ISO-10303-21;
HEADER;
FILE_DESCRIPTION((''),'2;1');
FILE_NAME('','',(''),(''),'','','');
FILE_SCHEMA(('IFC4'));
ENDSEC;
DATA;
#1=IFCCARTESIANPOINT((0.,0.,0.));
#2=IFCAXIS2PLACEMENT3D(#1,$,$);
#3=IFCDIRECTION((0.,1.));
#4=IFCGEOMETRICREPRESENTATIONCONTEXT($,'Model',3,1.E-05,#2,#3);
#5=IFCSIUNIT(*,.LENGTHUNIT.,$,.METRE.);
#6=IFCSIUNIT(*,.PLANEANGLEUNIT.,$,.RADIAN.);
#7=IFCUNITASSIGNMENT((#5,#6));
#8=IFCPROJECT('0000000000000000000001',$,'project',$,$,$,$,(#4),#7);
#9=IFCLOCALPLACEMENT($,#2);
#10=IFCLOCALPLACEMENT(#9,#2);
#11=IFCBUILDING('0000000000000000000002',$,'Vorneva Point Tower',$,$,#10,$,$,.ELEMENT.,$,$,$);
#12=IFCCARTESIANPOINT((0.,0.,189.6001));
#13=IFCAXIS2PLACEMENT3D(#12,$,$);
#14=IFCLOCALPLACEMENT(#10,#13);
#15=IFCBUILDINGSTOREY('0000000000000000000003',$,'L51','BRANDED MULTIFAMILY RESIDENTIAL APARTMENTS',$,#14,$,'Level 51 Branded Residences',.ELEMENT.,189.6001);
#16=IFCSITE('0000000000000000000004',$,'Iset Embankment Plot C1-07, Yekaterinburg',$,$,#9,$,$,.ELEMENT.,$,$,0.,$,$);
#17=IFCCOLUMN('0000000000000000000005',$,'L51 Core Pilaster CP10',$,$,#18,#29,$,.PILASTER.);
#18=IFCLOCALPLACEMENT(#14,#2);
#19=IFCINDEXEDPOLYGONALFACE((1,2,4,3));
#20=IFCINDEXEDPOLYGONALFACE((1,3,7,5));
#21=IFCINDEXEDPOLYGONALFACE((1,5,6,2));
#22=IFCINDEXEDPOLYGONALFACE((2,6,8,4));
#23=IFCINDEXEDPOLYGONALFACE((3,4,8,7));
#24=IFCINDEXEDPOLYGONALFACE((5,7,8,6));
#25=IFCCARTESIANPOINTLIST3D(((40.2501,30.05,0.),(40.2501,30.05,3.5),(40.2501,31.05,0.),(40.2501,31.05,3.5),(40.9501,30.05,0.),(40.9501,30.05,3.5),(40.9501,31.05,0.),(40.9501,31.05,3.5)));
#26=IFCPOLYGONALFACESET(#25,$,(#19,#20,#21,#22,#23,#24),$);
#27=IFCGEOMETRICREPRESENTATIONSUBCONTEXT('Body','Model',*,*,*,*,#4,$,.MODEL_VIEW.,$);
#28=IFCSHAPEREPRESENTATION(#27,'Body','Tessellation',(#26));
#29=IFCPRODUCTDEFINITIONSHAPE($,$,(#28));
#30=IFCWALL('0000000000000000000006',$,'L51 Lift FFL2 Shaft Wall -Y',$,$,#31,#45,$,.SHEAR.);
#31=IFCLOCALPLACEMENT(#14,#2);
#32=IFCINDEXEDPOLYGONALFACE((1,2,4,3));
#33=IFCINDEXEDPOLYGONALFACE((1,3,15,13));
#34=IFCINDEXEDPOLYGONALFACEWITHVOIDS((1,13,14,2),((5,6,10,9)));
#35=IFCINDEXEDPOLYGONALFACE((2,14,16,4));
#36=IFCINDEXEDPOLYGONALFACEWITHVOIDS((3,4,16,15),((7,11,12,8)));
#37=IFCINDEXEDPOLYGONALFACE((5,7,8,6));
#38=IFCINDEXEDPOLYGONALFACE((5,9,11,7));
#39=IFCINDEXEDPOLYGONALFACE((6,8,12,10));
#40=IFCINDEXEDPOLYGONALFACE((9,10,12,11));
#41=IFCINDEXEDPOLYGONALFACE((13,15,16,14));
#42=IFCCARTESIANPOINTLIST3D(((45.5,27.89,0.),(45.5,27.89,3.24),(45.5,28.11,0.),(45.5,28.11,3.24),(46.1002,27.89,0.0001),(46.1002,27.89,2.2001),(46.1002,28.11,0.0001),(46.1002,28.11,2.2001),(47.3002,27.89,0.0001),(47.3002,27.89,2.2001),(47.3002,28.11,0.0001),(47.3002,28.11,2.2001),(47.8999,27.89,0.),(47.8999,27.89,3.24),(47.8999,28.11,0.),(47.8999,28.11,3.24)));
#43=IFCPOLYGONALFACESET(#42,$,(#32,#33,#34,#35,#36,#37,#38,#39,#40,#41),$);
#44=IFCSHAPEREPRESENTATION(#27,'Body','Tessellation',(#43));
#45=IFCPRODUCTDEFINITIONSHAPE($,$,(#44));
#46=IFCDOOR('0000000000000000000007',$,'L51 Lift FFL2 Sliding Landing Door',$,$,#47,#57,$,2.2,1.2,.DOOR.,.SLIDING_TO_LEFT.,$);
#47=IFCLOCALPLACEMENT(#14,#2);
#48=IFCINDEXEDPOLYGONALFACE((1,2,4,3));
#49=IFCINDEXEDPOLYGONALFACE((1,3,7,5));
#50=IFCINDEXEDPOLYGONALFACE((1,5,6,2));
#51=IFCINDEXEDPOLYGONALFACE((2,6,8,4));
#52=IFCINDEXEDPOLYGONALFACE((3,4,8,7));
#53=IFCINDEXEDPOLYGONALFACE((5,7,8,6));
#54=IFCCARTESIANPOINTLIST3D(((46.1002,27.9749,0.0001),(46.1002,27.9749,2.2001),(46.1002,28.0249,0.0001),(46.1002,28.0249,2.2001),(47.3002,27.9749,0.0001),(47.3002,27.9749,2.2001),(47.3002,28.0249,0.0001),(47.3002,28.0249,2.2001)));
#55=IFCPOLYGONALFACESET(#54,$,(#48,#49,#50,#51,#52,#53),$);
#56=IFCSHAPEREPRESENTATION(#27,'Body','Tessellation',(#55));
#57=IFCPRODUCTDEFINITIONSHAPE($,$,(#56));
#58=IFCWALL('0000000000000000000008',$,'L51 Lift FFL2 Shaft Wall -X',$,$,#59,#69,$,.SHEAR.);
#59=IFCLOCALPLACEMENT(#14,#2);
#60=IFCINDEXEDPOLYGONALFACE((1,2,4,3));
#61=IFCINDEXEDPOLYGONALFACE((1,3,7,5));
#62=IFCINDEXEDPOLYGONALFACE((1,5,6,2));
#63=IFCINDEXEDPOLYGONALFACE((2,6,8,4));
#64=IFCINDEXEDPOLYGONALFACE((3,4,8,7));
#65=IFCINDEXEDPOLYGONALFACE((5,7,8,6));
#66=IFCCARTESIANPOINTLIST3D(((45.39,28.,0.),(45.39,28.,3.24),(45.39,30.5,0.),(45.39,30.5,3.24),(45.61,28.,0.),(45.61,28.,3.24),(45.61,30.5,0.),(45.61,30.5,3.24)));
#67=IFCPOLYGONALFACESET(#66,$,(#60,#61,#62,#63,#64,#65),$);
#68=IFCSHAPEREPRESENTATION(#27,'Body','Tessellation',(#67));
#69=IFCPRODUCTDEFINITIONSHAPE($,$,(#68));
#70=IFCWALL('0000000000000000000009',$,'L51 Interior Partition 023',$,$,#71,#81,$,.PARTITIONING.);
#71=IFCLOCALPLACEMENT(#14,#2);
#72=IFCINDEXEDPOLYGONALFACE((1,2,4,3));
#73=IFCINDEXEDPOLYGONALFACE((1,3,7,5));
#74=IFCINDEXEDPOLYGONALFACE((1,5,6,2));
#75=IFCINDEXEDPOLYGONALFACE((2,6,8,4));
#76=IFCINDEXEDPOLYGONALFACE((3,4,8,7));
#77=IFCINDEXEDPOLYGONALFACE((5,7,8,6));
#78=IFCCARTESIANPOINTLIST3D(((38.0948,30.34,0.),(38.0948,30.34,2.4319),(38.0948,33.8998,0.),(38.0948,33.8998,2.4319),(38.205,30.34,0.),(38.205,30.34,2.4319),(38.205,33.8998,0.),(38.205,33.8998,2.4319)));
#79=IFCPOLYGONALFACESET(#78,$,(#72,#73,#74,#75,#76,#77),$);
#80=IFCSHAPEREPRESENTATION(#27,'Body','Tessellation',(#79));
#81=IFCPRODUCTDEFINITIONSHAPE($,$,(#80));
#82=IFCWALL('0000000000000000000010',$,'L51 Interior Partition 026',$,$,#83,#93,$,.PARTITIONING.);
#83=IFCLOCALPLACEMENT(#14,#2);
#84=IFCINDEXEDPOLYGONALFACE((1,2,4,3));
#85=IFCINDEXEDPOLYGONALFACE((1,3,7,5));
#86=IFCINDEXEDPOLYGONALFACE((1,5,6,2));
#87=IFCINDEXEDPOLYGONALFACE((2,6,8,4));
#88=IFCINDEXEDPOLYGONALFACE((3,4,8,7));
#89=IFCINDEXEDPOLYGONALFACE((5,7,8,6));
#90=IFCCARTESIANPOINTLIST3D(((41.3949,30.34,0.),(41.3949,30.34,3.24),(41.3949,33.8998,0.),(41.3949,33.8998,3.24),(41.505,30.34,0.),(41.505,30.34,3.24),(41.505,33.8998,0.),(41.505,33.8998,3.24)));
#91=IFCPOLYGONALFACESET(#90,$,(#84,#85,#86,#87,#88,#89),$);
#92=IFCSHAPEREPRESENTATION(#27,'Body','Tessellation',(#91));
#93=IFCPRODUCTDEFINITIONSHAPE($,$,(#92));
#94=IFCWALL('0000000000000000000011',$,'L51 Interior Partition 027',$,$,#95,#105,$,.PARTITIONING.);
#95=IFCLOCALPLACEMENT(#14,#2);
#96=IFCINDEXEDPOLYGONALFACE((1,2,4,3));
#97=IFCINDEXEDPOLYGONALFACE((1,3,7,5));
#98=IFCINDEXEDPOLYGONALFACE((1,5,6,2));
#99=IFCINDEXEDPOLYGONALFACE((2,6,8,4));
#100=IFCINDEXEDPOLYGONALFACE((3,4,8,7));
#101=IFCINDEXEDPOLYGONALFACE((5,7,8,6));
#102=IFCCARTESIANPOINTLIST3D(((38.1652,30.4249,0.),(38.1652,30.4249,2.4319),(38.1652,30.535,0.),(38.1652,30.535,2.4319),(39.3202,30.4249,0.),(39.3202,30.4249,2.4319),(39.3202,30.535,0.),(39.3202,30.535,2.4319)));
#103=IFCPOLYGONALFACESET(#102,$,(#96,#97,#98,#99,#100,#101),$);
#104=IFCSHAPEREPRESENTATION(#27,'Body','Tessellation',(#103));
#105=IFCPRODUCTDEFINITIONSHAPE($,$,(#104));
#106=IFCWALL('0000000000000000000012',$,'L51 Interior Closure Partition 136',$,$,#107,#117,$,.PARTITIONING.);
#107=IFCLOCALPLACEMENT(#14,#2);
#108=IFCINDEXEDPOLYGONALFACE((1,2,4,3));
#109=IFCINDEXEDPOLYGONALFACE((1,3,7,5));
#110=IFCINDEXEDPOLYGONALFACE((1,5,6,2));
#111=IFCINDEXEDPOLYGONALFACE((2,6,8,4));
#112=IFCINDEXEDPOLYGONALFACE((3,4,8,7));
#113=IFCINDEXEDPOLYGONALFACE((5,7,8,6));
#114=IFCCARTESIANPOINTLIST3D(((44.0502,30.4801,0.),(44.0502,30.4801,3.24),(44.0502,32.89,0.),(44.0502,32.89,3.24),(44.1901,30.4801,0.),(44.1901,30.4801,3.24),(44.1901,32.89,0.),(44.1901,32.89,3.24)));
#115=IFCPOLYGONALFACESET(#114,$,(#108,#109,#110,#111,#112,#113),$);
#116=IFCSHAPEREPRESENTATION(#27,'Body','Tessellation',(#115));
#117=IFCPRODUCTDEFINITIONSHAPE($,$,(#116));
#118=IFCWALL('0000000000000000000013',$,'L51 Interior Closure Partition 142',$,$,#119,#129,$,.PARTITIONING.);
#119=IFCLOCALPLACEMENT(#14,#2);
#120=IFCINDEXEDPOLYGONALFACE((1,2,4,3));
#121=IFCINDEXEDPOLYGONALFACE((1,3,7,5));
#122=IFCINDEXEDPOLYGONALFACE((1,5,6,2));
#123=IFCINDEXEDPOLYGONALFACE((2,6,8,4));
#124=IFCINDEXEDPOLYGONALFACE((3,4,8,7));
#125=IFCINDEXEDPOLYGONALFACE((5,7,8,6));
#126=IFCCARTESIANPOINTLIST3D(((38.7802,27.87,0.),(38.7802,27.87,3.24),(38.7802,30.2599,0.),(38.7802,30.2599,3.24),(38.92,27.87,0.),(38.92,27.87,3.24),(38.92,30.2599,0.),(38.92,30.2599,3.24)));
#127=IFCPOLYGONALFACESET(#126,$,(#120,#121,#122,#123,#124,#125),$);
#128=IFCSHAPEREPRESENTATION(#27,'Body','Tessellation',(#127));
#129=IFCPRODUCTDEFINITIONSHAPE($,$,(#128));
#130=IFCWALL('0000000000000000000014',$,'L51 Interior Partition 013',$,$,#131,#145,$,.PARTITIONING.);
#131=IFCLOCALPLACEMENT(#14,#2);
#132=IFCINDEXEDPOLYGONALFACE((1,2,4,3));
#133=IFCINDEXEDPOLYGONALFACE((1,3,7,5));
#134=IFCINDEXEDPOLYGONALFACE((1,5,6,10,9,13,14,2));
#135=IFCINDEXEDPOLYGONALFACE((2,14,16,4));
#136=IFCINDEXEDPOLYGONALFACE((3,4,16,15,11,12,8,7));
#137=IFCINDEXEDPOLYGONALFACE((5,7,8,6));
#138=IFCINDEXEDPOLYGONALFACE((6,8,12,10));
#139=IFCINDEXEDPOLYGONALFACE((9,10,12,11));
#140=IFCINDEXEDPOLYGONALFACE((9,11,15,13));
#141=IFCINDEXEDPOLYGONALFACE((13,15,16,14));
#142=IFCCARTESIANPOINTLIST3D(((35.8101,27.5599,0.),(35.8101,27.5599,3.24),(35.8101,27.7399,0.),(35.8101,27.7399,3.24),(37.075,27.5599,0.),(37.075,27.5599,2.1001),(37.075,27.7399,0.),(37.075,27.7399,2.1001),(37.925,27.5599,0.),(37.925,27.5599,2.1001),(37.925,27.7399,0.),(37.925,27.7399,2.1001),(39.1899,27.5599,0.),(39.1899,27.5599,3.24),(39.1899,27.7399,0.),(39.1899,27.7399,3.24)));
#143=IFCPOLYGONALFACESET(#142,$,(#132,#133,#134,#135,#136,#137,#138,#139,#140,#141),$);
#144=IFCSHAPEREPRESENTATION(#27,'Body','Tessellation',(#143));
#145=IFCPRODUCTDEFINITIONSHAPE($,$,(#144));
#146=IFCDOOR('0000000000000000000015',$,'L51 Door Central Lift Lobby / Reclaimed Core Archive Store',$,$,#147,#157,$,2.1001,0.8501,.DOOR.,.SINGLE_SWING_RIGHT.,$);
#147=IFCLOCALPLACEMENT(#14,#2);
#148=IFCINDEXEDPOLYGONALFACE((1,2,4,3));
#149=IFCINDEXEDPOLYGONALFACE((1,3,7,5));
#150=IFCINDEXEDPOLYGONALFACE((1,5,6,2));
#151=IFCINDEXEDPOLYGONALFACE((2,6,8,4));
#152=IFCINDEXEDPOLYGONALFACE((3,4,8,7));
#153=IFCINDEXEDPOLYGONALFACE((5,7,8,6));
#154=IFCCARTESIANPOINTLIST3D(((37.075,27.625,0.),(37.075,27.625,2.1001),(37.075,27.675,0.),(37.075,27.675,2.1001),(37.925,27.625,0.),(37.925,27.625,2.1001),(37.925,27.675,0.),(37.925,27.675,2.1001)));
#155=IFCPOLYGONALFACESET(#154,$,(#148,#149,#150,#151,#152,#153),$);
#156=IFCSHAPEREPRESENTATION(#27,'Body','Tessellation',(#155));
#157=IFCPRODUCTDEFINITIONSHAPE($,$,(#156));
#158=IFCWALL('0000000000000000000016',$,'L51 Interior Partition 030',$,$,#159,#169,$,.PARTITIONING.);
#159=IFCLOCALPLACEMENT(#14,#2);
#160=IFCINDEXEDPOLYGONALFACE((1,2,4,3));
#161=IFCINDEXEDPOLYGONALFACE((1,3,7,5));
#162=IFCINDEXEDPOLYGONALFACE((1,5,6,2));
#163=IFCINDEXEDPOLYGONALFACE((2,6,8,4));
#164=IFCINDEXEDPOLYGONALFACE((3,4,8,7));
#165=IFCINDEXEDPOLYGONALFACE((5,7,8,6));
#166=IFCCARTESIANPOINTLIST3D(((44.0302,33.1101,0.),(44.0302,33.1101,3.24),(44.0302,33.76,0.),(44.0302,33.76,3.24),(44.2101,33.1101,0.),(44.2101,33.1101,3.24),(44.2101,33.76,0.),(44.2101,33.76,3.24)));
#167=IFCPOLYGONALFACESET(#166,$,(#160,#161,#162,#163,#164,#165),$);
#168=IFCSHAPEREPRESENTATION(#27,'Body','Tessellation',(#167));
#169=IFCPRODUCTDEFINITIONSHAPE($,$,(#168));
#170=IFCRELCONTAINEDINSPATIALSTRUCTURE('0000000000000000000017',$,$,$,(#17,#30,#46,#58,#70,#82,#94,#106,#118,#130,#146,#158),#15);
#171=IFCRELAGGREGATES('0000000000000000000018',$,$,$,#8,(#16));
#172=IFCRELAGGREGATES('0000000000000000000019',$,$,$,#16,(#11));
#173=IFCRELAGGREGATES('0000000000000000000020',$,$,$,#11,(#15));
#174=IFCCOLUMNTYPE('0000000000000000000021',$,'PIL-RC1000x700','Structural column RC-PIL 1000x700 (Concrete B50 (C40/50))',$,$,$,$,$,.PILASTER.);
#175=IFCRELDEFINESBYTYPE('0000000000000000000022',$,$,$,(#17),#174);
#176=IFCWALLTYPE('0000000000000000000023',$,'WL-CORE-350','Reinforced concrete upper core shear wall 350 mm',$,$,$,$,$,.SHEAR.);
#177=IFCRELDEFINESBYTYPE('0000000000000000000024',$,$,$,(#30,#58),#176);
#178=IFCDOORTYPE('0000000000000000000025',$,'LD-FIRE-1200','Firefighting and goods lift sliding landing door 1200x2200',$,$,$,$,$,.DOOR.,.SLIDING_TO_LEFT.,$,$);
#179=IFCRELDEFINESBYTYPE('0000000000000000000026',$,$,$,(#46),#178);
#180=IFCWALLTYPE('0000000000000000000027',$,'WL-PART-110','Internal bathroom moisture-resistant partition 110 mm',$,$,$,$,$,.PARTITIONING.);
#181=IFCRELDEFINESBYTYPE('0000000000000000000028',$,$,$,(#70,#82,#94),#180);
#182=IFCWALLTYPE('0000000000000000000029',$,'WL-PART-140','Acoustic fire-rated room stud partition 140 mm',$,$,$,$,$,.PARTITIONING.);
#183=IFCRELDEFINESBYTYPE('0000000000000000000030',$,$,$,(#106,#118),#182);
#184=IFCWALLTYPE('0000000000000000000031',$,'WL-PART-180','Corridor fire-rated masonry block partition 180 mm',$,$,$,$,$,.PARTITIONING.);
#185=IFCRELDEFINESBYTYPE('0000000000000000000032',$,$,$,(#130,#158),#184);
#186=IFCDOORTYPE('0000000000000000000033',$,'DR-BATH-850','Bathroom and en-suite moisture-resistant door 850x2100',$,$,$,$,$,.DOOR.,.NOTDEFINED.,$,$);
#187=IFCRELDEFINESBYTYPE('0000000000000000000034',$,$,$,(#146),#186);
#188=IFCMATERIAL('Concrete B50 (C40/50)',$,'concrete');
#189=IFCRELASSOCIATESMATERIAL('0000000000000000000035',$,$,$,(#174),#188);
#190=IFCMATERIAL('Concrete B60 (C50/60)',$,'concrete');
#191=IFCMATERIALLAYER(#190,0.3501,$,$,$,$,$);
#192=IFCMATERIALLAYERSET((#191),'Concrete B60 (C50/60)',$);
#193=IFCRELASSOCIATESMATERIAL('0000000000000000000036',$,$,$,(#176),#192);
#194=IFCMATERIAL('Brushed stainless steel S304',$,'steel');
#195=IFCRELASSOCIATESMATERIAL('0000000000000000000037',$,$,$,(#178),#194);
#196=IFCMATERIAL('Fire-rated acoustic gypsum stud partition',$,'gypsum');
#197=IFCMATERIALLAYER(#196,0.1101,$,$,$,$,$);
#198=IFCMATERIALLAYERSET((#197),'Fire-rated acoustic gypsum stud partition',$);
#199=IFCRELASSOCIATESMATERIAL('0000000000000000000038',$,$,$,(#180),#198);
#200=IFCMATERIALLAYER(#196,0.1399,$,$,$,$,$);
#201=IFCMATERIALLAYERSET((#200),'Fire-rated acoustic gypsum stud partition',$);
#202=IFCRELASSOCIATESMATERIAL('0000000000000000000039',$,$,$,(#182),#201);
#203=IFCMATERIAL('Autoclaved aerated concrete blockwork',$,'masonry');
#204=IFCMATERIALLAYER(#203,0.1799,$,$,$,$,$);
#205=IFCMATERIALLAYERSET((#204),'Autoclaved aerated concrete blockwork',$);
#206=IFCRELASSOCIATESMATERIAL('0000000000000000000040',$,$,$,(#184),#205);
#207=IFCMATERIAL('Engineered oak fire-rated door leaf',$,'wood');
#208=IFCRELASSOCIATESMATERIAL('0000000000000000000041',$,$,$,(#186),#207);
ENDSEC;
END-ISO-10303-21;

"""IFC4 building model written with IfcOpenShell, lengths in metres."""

from ifc_helpers import new_model, si_unit, direction, frame, frame_2d, origin, origin_2d, place, context, subcontext, project, spatial, rectangle, extrude, material, layer, layer_set, material_profile, profile_set, type_object, element, fill, save


model = new_model("IFC4")

# Units and contexts
model_context = context("Model", 3, precision=1e-05, world=origin(), true_north=direction((0.0, 1.0)))
body_context = subcontext(model_context, "Body", "Model", "MODEL_VIEW")
ifc_project = project(units=[si_unit("LENGTHUNIT", "METRE"), si_unit("PLANEANGLEUNIT", "RADIAN")], contexts=[model_context])

# Site, building, storey
site_placement = place(None, origin())
site = spatial("IfcSite", under=ifc_project, at=site_placement, Name="Iset Embankment Plot C1-07, Yekaterinburg", CompositionType="ELEMENT", RefElevation=0.0)
building_placement = place(site_placement, origin())
building = spatial("IfcBuilding", under=site, at=building_placement, Name="Vorneva Point Tower", CompositionType="ELEMENT")
storey_placement = place(building_placement, frame((0.0, 0.0, 189.6001)))
storey = spatial("IfcBuildingStorey", under=building, at=storey_placement, Name="L51", Description="BRANDED MULTIFAMILY RESIDENTIAL APARTMENTS", LongName="Level 51 Branded Residences", CompositionType="ELEMENT", Elevation=189.6001)

# Column
ifc_material_1 = material(Name="Concrete B50 (C40/50)", Category="concrete")
ifc_material_profile = material_profile(ifc_material_1, rectangle(XDim=0.7, YDim=1.0, at=origin_2d()), Name="RC-PIL 1000x700")
ifc_profile_set = profile_set([ifc_material_profile], Name="Concrete B50 (C40/50)")
column_type = type_object("IfcColumnType", Name="PIL-RC1000x700", Description="Structural column RC-PIL 1000x700 (Concrete B50 (C40/50))", PredefinedType="PILASTER", material=ifc_profile_set)
column_placement = place(storey_placement, frame((40.6001, 30.55, 0.0), z_axis=(0.0, 0.0, 1.0), x_axis=(1.0, 0.0, 0.0)))
element("IfcColumn", 1, at=column_placement, inside=storey, type_object=column_type, Name="L51 Core Pilaster CP10", PredefinedType="PILASTER", context=body_context, shape_type="SweptSolid", body=[
    extrude(rectangle(XDim=0.7, YDim=1.0, at=origin_2d()), origin(), (0.0, 0.0, 1.0), 3.5),
])

# Wall, opening, door
ifc_material_2 = material(Name="Concrete B60 (C50/60)", Category="concrete")
ifc_layer_1 = layer(ifc_material_2, 0.3501)
ifc_layer_set_1 = layer_set([ifc_layer_1], Name="Concrete B60 (C50/60)")
wall_type_1 = type_object("IfcWallType", Name="WL-CORE-350", Description="Reinforced concrete upper core shear wall 350 mm", PredefinedType="SHEAR", material=ifc_layer_set_1)
wall_1_placement = place(storey_placement, frame((45.5, 28.0, 0.0), z_axis=(0.0, 0.0, 1.0), x_axis=(1.0, 0.0, 0.0)))
wall_1 = element("IfcWall", 2, at=wall_1_placement, inside=storey, type_object=wall_type_1, Name="L51 Lift FFL2 Shaft Wall -Y", PredefinedType="SHEAR", context=body_context, shape_type="SweptSolid", body=[
    extrude(rectangle(XDim=2.3999, YDim=0.22, at=frame_2d((1.2, 0.0))), origin(), (0.0, 0.0, 1.0), 3.24),
])
opening_1_placement = place(wall_1_placement, frame((0.6001, 0.0, 0.0)))
opening_1 = element("IfcOpeningElement", 3, at=opening_1_placement, cuts=wall_1, PredefinedType="OPENING", context=body_context, shape_type="SweptSolid", body=[
    extrude(rectangle(XDim=1.2, YDim=2.2, at=frame_2d((0.6001, 1.1001))), frame((0.0, 0.125, 0.0), z_axis=(0.0, -1.0, 0.0), x_axis=(1.0, 0.0, 0.0)), (0.0, 0.0, 1.0), 0.2498),
])
ifc_material_3 = material(Name="Brushed stainless steel S304", Category="steel")
door_type_1 = type_object("IfcDoorType", Name="LD-FIRE-1200", Description="Firefighting and goods lift sliding landing door 1200x2200", OperationType="SLIDING_TO_LEFT", PredefinedType="DOOR", material=ifc_material_3)
door_1_placement = place(opening_1_placement, origin())
door_1 = element("IfcDoor", 4, at=door_1_placement, inside=storey, type_object=door_type_1, Name="L51 Lift FFL2 Sliding Landing Door", OperationType="SLIDING_TO_LEFT", OverallHeight=2.2, OverallWidth=1.2, PredefinedType="DOOR", context=body_context, shape_type="SweptSolid", body=[
    extrude(rectangle(XDim=1.2, YDim=2.2, at=frame_2d((0.6001, 1.1001))), frame((0.0, 0.0249, 0.0), z_axis=(0.0, -1.0, 0.0), x_axis=(1.0, 0.0, 0.0)), (0.0, 0.0, 1.0), 0.05),
])
fill(opening_1, door_1)

# Walls
wall_2_placement = place(storey_placement, frame((45.5, 30.5, 0.0), z_axis=(0.0, 0.0, 1.0), x_axis=(0.0, -1.0, 0.0)))
element("IfcWall", 5, at=wall_2_placement, inside=storey, type_object=wall_type_1, Name="L51 Lift FFL2 Shaft Wall -X", PredefinedType="SHEAR", context=body_context, shape_type="SweptSolid", body=[
    extrude(rectangle(XDim=2.5, YDim=0.22, at=frame_2d((1.25, 0.0))), origin(), (0.0, 0.0, 1.0), 3.24),
])
ifc_material_4 = material(Name="Fire-rated acoustic gypsum stud partition", Category="gypsum")
ifc_layer_2 = layer(ifc_material_4, 0.1101)
ifc_layer_set_2 = layer_set([ifc_layer_2], Name="Fire-rated acoustic gypsum stud partition")
wall_type_2 = type_object("IfcWallType", Name="WL-PART-110", Description="Internal bathroom moisture-resistant partition 110 mm", PredefinedType="PARTITIONING", material=ifc_layer_set_2)
wall_3_placement = place(storey_placement, frame((38.1499, 30.3401, 0.0), z_axis=(0.0, 0.0, 1.0), x_axis=(0.0, 1.0, 0.0)))
element("IfcWall", 6, at=wall_3_placement, inside=storey, type_object=wall_type_2, Name="L51 Interior Partition 023", PredefinedType="PARTITIONING", context=body_context, shape_type="SweptSolid", body=[
    extrude(rectangle(XDim=3.5598, YDim=0.1101, at=frame_2d((1.7798, 0.0))), origin(), (0.0, 0.0, 1.0), 2.4319),
])
wall_4_placement = place(storey_placement, frame((41.45, 30.3401, 0.0), z_axis=(0.0, 0.0, 1.0), x_axis=(0.0, 1.0, 0.0)))
element("IfcWall", 7, at=wall_4_placement, inside=storey, type_object=wall_type_2, Name="L51 Interior Partition 026", PredefinedType="PARTITIONING", context=body_context, shape_type="SweptSolid", body=[
    extrude(rectangle(XDim=3.5598, YDim=0.1101, at=frame_2d((1.7798, 0.0))), origin(), (0.0, 0.0, 1.0), 3.24),
])
wall_5_placement = place(storey_placement, frame((38.165, 30.48, 0.0), z_axis=(0.0, 0.0, 1.0), x_axis=(1.0, 0.0, 0.0)))
element("IfcWall", 8, at=wall_5_placement, inside=storey, type_object=wall_type_2, Name="L51 Interior Partition 027", PredefinedType="PARTITIONING", context=body_context, shape_type="SweptSolid", body=[
    extrude(rectangle(XDim=1.155, YDim=0.1101, at=frame_2d((0.5776, 0.0))), origin(), (0.0, 0.0, 1.0), 2.4319),
])
ifc_layer_3 = layer(ifc_material_4, 0.1399)
ifc_layer_set_3 = layer_set([ifc_layer_3], Name="Fire-rated acoustic gypsum stud partition")
wall_type_3 = type_object("IfcWallType", Name="WL-PART-140", Description="Acoustic fire-rated room stud partition 140 mm", PredefinedType="PARTITIONING", material=ifc_layer_set_3)
wall_6_placement = place(storey_placement, frame((44.1201, 30.48, 0.0), z_axis=(0.0, 0.0, 1.0), x_axis=(0.0, 1.0, 0.0)))
element("IfcWall", 9, at=wall_6_placement, inside=storey, type_object=wall_type_3, Name="L51 Interior Closure Partition 136", PredefinedType="PARTITIONING", context=body_context, shape_type="SweptSolid", body=[
    extrude(rectangle(XDim=2.4099, YDim=0.1399, at=frame_2d((1.2051, 0.0))), origin(), (0.0, 0.0, 1.0), 3.24),
])
wall_7_placement = place(storey_placement, frame((38.8501, 27.8701, 0.0), z_axis=(0.0, 0.0, 1.0), x_axis=(0.0, 1.0, 0.0)))
element("IfcWall", 10, at=wall_7_placement, inside=storey, type_object=wall_type_3, Name="L51 Interior Closure Partition 142", PredefinedType="PARTITIONING", context=body_context, shape_type="SweptSolid", body=[
    extrude(rectangle(XDim=2.3899, YDim=0.1399, at=frame_2d((1.1948, 0.0))), origin(), (0.0, 0.0, 1.0), 3.24),
])

# Wall, opening, door
ifc_material_5 = material(Name="Autoclaved aerated concrete blockwork", Category="masonry")
ifc_layer_4 = layer(ifc_material_5, 0.1799)
ifc_layer_set_4 = layer_set([ifc_layer_4], Name="Autoclaved aerated concrete blockwork")
wall_type_4 = type_object("IfcWallType", Name="WL-PART-180", Description="Corridor fire-rated masonry block partition 180 mm", PredefinedType="PARTITIONING", material=ifc_layer_set_4)
wall_8_placement = place(storey_placement, frame((39.1899, 27.6499, 0.0), z_axis=(0.0, 0.0, 1.0), x_axis=(-1.0, 0.0, 0.0)))
wall_8 = element("IfcWall", 11, at=wall_8_placement, inside=storey, type_object=wall_type_4, Name="L51 Interior Partition 013", PredefinedType="PARTITIONING", context=body_context, shape_type="SweptSolid", body=[
    extrude(rectangle(XDim=3.3799, YDim=0.1799, at=frame_2d((1.6899, 0.0))), origin(), (0.0, 0.0, 1.0), 3.24),
])
opening_2_placement = place(wall_8_placement, frame((1.2649, 0.0, 0.0)))
opening_2 = element("IfcOpeningElement", 12, at=opening_2_placement, cuts=wall_8, PredefinedType="OPENING", context=body_context, shape_type="SweptSolid", body=[
    extrude(rectangle(XDim=0.8501, YDim=2.1001, at=frame_2d((0.425, 1.05))), frame((0.0, 0.105, 0.0), z_axis=(0.0, -1.0, 0.0), x_axis=(1.0, 0.0, 0.0)), (0.0, 0.0, 1.0), 0.2097),
])
ifc_material_6 = material(Name="Engineered oak fire-rated door leaf", Category="wood")
door_type_2 = type_object("IfcDoorType", Name="DR-BATH-850", Description="Bathroom and en-suite moisture-resistant door 850x2100", OperationType="NOTDEFINED", PredefinedType="DOOR", material=ifc_material_6)
door_2_placement = place(opening_2_placement, origin())
door_2 = element("IfcDoor", 13, at=door_2_placement, inside=storey, type_object=door_type_2, Name="L51 Door Central Lift Lobby / Reclaimed Core Archive Store", OperationType="SINGLE_SWING_RIGHT", OverallHeight=2.1001, OverallWidth=0.8501, PredefinedType="DOOR", context=body_context, shape_type="SweptSolid", body=[
    extrude(rectangle(XDim=0.8501, YDim=2.1001, at=frame_2d((0.425, 1.05))), frame((0.0, 0.0249, 0.0), z_axis=(0.0, -1.0, 0.0), x_axis=(1.0, 0.0, 0.0)), (0.0, 0.0, 1.0), 0.05),
])
fill(opening_2, door_2)

# Wall
wall_9_placement = place(storey_placement, frame((44.1201, 33.1101, 0.0), z_axis=(0.0, 0.0, 1.0), x_axis=(0.0, 1.0, 0.0)))
element("IfcWall", 14, at=wall_9_placement, inside=storey, type_object=wall_type_4, Name="L51 Interior Partition 030", PredefinedType="PARTITIONING", context=body_context, shape_type="SweptSolid", body=[
    extrude(rectangle(XDim=0.6499, YDim=0.1799, at=frame_2d((0.325, 0.0))), origin(), (0.0, 0.0, 1.0), 3.24),
])

save(model, "model.ifc")
